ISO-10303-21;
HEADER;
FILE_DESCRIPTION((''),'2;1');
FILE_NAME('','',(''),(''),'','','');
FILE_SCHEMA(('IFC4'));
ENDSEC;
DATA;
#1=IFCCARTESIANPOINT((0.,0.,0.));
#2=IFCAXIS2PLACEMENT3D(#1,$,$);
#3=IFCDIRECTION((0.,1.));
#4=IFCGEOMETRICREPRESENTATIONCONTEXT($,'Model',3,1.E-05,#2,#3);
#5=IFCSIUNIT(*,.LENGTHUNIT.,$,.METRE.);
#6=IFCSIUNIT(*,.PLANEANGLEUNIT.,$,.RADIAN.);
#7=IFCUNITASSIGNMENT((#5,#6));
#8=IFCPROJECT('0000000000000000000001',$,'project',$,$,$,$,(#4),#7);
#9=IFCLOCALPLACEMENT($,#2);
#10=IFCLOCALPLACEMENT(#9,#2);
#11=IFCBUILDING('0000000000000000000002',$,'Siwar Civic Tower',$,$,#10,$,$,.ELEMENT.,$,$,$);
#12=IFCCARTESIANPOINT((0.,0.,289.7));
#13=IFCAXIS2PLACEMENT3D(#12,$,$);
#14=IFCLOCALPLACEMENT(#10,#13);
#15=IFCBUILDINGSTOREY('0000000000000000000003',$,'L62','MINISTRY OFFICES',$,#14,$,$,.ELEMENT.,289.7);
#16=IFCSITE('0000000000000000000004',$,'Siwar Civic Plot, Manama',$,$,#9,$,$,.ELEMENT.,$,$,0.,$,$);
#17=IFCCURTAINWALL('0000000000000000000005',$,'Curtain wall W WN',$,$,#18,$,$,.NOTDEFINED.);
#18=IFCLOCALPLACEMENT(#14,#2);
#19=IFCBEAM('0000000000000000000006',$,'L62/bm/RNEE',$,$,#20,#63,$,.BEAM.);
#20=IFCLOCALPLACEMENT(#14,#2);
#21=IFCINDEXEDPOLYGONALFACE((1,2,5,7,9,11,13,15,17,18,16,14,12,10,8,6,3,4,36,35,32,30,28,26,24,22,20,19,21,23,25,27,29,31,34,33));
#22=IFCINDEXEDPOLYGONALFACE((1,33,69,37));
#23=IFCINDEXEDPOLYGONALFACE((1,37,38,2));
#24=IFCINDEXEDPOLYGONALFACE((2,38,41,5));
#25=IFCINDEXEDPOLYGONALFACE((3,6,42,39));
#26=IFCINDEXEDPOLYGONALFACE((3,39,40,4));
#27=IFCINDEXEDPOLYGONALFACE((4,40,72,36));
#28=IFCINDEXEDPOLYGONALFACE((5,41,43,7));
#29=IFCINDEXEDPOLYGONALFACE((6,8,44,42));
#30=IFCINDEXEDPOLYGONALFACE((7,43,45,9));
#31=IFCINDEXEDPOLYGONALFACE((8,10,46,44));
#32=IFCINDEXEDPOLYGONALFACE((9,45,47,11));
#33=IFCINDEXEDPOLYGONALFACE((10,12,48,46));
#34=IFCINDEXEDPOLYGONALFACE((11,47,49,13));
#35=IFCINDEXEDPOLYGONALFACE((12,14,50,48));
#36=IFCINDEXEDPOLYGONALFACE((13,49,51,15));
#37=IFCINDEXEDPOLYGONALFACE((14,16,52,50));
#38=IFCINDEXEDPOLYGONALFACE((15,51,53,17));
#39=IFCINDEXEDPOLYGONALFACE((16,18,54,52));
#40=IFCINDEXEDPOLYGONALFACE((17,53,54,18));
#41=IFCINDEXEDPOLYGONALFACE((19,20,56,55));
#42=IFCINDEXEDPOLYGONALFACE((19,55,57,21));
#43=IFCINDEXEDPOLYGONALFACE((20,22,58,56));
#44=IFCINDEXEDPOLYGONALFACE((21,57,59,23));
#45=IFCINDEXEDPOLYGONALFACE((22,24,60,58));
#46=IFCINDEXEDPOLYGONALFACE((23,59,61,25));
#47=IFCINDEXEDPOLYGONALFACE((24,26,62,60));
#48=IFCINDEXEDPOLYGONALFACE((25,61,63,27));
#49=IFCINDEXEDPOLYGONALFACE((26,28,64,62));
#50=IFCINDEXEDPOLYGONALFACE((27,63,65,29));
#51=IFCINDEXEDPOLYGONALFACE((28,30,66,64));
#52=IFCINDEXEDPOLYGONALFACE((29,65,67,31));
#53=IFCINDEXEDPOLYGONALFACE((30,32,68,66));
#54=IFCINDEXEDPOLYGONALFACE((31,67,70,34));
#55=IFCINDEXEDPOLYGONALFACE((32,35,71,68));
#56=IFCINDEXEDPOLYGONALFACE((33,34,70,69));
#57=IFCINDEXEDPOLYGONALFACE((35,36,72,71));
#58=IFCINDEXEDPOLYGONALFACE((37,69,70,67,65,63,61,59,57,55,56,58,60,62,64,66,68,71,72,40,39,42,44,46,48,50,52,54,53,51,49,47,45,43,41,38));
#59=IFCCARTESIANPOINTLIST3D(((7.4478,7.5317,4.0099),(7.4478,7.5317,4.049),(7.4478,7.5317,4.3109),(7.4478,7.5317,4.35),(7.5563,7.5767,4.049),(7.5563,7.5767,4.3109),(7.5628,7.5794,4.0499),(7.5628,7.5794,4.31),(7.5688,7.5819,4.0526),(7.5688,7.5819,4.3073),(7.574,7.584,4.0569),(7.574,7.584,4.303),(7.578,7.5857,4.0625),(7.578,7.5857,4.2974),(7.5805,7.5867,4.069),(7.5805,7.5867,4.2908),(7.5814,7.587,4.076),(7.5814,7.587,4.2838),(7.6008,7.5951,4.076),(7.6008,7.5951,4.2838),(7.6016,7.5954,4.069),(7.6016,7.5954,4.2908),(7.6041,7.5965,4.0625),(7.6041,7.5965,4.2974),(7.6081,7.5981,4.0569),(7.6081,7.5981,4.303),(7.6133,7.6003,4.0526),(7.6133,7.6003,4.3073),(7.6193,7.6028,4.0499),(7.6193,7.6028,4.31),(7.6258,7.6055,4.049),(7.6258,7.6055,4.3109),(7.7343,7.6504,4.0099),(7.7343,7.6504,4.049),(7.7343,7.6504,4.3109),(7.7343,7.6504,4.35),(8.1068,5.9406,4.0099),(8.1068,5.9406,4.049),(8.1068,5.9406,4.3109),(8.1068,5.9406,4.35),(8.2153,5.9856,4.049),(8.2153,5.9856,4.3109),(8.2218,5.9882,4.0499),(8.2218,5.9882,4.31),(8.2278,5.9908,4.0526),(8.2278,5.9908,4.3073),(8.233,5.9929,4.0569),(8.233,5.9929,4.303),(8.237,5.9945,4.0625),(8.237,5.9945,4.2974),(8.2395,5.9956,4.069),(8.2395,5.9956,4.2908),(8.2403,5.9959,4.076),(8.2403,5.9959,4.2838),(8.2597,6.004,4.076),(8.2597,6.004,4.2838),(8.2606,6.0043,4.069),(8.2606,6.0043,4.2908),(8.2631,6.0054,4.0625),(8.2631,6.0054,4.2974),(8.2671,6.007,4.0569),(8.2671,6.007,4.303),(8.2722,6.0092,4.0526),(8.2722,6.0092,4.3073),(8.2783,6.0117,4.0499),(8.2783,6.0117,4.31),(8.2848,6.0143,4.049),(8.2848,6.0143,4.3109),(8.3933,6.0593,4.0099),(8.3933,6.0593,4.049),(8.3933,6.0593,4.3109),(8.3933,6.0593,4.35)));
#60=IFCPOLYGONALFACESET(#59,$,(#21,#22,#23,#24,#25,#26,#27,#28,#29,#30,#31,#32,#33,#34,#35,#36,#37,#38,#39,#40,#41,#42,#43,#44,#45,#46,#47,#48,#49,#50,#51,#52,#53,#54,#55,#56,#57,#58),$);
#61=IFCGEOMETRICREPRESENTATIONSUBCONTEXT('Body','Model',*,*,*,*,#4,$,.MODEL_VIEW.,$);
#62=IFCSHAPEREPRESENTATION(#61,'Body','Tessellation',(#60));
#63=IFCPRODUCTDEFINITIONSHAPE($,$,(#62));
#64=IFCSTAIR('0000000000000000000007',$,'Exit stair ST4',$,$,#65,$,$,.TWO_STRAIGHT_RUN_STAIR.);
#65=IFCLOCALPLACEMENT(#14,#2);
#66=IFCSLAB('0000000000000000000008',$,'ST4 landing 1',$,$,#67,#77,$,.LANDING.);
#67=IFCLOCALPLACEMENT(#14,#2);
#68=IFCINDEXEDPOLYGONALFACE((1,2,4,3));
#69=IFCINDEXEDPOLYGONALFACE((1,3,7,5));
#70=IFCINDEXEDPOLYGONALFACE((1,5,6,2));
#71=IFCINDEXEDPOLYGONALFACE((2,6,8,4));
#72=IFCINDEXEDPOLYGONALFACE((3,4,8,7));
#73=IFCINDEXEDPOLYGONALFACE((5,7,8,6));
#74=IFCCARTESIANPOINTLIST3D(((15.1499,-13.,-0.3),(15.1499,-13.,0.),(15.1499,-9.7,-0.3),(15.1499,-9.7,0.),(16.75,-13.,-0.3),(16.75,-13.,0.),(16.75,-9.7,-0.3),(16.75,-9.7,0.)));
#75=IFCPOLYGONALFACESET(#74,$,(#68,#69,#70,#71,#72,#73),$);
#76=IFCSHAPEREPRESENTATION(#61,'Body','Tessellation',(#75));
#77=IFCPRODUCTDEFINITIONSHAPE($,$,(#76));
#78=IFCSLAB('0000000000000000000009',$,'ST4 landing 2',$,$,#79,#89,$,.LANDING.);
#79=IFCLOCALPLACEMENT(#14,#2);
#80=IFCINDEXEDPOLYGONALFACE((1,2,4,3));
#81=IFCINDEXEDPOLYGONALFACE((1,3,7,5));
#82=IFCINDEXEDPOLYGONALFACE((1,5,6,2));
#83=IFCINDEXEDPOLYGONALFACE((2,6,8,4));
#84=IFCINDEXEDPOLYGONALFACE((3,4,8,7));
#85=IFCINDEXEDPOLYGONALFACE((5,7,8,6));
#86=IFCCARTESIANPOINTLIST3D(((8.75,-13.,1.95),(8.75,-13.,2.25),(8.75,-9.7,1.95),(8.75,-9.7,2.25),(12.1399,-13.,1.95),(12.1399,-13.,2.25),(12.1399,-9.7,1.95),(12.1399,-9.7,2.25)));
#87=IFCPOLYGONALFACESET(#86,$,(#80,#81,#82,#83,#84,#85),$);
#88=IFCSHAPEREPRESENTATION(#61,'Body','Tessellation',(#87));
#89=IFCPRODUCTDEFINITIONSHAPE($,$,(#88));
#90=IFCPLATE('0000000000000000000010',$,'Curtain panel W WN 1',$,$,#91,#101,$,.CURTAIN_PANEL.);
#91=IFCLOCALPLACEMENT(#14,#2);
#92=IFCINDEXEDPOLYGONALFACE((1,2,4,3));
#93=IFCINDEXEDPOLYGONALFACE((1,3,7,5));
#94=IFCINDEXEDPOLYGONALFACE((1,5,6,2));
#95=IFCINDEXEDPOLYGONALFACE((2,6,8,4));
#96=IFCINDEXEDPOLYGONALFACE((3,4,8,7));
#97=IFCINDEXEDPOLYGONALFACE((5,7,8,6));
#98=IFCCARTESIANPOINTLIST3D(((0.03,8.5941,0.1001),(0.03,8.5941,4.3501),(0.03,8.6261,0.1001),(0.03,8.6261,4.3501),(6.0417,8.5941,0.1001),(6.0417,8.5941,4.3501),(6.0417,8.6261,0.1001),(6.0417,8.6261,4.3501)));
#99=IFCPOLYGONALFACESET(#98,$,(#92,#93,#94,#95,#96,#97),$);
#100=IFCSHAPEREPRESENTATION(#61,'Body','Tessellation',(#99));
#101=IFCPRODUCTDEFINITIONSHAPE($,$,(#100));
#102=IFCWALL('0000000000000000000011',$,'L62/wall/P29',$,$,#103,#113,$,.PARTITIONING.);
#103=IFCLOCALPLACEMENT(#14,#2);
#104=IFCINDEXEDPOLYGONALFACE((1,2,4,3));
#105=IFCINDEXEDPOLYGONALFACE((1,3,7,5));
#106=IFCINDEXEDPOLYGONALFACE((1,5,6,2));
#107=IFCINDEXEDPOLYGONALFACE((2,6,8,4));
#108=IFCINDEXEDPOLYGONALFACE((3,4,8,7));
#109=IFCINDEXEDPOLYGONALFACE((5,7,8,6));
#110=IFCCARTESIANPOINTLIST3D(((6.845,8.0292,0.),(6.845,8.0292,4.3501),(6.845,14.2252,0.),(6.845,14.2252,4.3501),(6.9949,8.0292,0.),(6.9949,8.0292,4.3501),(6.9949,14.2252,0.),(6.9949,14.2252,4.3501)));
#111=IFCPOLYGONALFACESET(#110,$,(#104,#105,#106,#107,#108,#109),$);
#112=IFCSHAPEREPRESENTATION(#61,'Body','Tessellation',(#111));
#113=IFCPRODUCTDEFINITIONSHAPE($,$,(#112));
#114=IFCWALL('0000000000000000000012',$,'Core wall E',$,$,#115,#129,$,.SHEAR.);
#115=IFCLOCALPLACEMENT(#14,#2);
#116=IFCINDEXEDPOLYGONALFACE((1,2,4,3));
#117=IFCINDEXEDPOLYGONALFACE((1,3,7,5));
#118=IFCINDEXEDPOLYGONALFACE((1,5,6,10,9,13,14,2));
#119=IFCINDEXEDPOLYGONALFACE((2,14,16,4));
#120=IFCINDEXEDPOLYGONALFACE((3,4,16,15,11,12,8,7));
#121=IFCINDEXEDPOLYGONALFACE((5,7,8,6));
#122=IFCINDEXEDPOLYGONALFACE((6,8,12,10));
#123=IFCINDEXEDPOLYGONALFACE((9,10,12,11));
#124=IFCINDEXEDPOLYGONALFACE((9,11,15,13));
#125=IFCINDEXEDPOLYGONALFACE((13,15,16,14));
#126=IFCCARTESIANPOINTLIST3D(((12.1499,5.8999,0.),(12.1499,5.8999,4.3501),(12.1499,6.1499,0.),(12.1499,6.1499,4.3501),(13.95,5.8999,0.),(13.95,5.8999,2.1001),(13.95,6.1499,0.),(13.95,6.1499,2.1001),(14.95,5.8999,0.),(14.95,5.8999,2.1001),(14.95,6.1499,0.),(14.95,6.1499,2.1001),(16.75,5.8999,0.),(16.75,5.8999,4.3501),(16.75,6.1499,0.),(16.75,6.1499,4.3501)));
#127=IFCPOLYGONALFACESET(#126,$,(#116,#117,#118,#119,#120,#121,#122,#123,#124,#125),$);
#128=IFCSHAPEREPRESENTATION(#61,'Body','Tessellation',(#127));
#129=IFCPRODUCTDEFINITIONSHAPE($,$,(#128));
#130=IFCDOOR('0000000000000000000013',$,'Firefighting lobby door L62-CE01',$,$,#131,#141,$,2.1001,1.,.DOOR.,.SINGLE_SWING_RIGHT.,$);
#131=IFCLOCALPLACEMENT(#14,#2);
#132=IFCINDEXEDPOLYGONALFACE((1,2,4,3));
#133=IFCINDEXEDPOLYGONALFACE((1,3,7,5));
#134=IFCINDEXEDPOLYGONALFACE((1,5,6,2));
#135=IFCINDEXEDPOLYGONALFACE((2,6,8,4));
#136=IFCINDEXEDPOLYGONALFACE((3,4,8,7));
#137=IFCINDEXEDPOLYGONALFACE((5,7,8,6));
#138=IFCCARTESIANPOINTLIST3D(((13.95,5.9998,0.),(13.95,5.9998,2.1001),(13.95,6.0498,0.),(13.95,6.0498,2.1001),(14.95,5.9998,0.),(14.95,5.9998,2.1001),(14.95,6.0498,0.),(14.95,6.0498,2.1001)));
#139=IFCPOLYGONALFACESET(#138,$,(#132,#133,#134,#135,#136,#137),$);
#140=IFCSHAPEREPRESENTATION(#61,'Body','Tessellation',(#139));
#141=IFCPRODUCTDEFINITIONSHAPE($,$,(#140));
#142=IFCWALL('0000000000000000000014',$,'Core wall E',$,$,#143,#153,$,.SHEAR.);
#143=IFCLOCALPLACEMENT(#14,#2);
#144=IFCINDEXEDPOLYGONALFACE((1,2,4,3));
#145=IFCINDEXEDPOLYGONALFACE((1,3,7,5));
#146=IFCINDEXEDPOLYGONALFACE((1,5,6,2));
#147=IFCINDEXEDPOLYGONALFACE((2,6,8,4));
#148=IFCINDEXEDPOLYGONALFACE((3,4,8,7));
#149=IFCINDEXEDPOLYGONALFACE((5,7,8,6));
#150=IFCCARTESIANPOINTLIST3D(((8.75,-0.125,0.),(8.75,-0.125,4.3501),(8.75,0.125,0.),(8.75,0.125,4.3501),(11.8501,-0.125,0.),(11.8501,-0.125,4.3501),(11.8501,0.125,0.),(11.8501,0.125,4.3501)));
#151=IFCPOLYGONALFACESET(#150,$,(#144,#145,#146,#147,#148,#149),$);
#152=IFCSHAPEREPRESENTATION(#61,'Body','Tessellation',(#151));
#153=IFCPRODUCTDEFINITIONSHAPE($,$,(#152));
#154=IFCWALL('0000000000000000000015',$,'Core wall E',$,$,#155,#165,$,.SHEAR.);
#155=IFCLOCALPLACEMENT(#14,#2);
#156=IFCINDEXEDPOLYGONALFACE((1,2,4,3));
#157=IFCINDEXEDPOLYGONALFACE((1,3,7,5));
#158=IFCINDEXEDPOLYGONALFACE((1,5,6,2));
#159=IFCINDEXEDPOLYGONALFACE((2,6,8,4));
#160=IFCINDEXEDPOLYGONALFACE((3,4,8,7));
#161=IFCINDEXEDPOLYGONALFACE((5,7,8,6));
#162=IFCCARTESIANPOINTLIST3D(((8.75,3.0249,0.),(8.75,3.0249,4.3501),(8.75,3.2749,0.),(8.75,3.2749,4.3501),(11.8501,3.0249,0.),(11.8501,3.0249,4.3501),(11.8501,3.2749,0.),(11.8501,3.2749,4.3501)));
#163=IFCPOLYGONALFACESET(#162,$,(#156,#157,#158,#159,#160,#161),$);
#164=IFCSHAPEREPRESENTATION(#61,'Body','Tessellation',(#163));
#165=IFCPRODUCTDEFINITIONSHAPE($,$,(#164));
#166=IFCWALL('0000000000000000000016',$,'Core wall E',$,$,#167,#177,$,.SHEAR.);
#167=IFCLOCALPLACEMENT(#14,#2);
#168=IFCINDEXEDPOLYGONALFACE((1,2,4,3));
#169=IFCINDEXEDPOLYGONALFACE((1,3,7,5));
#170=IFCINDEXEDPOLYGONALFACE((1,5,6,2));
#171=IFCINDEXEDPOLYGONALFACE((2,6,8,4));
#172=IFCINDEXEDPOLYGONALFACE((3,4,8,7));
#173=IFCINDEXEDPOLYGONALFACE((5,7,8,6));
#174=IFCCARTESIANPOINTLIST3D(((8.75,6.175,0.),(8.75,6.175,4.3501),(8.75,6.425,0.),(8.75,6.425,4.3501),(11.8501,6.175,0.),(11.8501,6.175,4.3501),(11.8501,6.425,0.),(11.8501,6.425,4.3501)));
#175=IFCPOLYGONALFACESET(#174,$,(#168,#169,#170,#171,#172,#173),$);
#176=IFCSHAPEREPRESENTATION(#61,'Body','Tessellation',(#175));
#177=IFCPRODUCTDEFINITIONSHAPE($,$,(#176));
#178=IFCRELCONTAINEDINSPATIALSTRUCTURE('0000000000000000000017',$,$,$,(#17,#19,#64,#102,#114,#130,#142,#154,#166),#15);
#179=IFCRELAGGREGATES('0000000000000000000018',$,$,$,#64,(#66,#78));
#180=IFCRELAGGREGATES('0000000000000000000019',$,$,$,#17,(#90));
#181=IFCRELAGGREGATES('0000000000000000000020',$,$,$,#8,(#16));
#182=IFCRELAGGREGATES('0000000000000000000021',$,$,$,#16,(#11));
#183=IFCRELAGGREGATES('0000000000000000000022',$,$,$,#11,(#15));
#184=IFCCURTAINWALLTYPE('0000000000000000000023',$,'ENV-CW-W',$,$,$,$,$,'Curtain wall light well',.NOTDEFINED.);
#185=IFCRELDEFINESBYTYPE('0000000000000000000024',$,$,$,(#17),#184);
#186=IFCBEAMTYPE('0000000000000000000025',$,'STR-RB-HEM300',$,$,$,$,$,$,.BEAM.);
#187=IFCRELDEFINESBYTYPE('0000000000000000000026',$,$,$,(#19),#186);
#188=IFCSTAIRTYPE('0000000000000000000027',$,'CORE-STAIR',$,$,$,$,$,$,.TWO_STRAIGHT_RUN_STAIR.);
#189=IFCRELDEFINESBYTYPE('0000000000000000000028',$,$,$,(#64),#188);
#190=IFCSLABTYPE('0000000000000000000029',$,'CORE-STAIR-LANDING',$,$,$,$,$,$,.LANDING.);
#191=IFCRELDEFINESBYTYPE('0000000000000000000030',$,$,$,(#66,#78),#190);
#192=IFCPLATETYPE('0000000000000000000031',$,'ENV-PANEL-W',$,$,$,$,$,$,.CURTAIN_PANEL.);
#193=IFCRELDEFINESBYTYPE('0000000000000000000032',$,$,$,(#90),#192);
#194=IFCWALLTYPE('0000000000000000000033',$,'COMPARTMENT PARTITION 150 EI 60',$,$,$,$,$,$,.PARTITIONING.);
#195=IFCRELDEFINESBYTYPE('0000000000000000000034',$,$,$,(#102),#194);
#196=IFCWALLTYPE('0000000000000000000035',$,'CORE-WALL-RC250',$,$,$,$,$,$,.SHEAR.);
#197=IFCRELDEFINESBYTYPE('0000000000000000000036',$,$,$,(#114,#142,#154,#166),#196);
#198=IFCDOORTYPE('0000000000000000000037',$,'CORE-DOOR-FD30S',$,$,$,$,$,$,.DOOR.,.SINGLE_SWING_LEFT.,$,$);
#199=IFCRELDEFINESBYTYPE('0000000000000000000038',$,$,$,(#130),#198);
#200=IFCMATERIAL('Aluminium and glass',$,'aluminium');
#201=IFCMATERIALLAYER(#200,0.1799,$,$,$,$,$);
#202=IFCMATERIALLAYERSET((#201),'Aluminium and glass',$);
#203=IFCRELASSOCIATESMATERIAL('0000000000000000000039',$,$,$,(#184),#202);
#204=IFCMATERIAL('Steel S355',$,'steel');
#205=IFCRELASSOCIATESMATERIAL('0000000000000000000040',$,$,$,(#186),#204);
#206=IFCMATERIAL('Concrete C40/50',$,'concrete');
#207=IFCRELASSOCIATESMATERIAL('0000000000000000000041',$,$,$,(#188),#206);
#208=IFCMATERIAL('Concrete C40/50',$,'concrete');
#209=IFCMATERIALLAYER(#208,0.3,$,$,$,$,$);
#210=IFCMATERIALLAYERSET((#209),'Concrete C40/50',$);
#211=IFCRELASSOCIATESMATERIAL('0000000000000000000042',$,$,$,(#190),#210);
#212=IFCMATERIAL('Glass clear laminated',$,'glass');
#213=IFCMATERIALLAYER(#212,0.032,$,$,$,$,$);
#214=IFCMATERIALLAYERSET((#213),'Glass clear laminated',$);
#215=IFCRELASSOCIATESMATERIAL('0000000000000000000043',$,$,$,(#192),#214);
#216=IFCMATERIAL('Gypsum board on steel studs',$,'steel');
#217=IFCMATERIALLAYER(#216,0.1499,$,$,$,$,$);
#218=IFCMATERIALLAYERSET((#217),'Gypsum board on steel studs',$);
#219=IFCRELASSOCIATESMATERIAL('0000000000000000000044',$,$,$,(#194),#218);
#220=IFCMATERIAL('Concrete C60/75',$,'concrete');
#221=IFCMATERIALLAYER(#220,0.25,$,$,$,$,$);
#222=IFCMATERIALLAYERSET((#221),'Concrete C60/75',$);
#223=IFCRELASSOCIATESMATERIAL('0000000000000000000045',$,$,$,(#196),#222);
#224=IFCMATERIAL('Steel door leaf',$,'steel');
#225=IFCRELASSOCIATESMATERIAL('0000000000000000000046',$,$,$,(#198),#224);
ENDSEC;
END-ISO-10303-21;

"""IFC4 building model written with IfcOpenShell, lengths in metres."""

from ifc_helpers import new_model, si_unit, direction, frame, frame_2d, origin, origin_2d, place, context, subcontext, project, spatial, polyline, rectangle, i_section, outline, extrude, material, layer, layer_set, material_profile, profile_set, type_object, element, fill, aggregate, save


model = new_model("IFC4")

# Units and contexts
model_context = context("Model", 3, precision=1e-05, world=origin(), true_north=direction((0.0, 1.0)))
body_context = subcontext(model_context, "Body", "Model", "MODEL_VIEW")
ifc_project = project(units=[si_unit("LENGTHUNIT", "METRE"), si_unit("PLANEANGLEUNIT", "RADIAN")], contexts=[model_context])

# Site, building, storey
site_placement = place(None, origin())
site = spatial("IfcSite", under=ifc_project, at=site_placement, Name="Siwar Civic Plot, Manama", CompositionType="ELEMENT", RefElevation=0.0)
building_placement = place(site_placement, origin())
building = spatial("IfcBuilding", under=site, at=building_placement, Name="Siwar Civic Tower", CompositionType="ELEMENT")
storey_placement = place(building_placement, frame((0.0, 0.0, 289.7)))
storey = spatial("IfcBuildingStorey", under=building, at=storey_placement, Name="L62", Description="MINISTRY OFFICES", CompositionType="ELEMENT", Elevation=289.7)

# Curtain wall
ifc_material_1 = material(Name="Aluminium and glass", Category="aluminium")
ifc_layer_1 = layer(ifc_material_1, 0.1799)
ifc_layer_set_1 = layer_set([ifc_layer_1], Name="Aluminium and glass")
curtain_wall_type = type_object("IfcCurtainWallType", Name="ENV-CW-W", ElementType="Curtain wall light well", PredefinedType="NOTDEFINED", material=ifc_layer_set_1)
curtain_wall_placement = place(storey_placement, origin())
curtain_wall = element("IfcCurtainWall", 1, at=curtain_wall_placement, inside=storey, type_object=curtain_wall_type, Name="Curtain wall W WN", PredefinedType="NOTDEFINED")

# Beam
ifc_material_2 = material(Name="Steel S355", Category="steel")
ifc_material_profile_1 = material_profile(ifc_material_2, i_section(OverallWidth=0.3101, OverallDepth=0.3401, WebThickness=0.021, FlangeThickness=0.0391, FilletRadius=0.0271, at=origin_2d()), Name="HEM300")
ifc_profile_set_1 = profile_set([ifc_material_profile_1], Name="Steel S355")
beam_type_1 = type_object("IfcBeamType", Name="STR-RB-HEM300", PredefinedType="BEAM", material=ifc_profile_set_1)
for number, where, z_axis, x_axis, name in (
    (2, (7.5911, 7.5911, 4.1799), (0.382631, -0.923901, 0.0), (0.923901, 0.382631, 0.0), "L62/bm/RNEE"),
):
    element("IfcBeam", number, at=place(storey_placement, frame(where, z_axis=z_axis, x_axis=x_axis)), inside=storey, type_object=beam_type_1, Name=name, PredefinedType="BEAM", context=body_context, shape_type="SweptSolid", body=[
        extrude(i_section(OverallWidth=0.3101, OverallDepth=0.3401, WebThickness=0.021, FlangeThickness=0.0391, FilletRadius=0.0271, at=origin_2d()), origin(), (0.0, 0.0, 1.0), 1.7222),
    ])

# Stair, slabs
ifc_material_3 = material(Name="Concrete C40/50", Category="concrete")
stair_type = type_object("IfcStairType", Name="CORE-STAIR", PredefinedType="TWO_STRAIGHT_RUN_STAIR", material=ifc_material_3)
stair_placement = place(storey_placement, origin())
stair = element("IfcStair", 3, at=stair_placement, inside=storey, type_object=stair_type, Name="Exit stair ST4", PredefinedType="TWO_STRAIGHT_RUN_STAIR")
ifc_material_4 = material(Name="Concrete C40/50", Category="concrete")
ifc_layer_2 = layer(ifc_material_4, 0.3)
ifc_layer_set_2 = layer_set([ifc_layer_2], Name="Concrete C40/50")
slab_type = type_object("IfcSlabType", Name="CORE-STAIR-LANDING", PredefinedType="LANDING", material=ifc_layer_set_2)
slab_1_placement = place(storey_placement, frame((0.0, 0.0, -0.3)))
slab_1 = element("IfcSlab", 4, at=slab_1_placement, type_object=slab_type, Name="ST4 landing 1", PredefinedType="LANDING", context=body_context, shape_type="SweptSolid", body=[
    extrude(outline(polyline([(15.1499, -13.0), (16.75, -13.0), (16.75, -9.7), (15.1499, -9.7), (15.1499, -13.0)])), origin(), (0.0, 0.0, 1.0), 0.3),
])
slab_2_placement = place(storey_placement, frame((0.0, 0.0, 1.95)))
slab_2 = element("IfcSlab", 5, at=slab_2_placement, type_object=slab_type, Name="ST4 landing 2", PredefinedType="LANDING", context=body_context, shape_type="SweptSolid", body=[
    extrude(outline(polyline([(8.75, -13.0), (12.1399, -13.0), (12.1399, -9.7), (8.75, -9.7), (8.75, -13.0)])), origin(), (0.0, 0.0, 1.0), 0.3),
])
aggregate(stair, [slab_1, slab_2])

# Plate
ifc_material_5 = material(Name="Glass clear laminated", Category="glass")
ifc_layer_3 = layer(ifc_material_5, 0.032)
ifc_layer_set_3 = layer_set([ifc_layer_3], Name="Glass clear laminated")
plate_type = type_object("IfcPlateType", Name="ENV-PANEL-W", PredefinedType="CURTAIN_PANEL", material=ifc_layer_set_3)
plate_placement = place(storey_placement, frame((3.0359, 8.6101, 0.1001), z_axis=(0.0, 0.0, 1.0), x_axis=(-1.0, 0.0, 0.0)))
plate = element("IfcPlate", 6, at=plate_placement, type_object=plate_type, Name="Curtain panel W WN 1", PredefinedType="CURTAIN_PANEL", context=body_context, shape_type="SweptSolid", body=[
    extrude(rectangle(XDim=6.0117, YDim=0.032, at=origin_2d()), origin(), (0.0, 0.0, 1.0), 4.25),
])
aggregate(curtain_wall, [plate])

# Wall
ifc_material_6 = material(Name="Gypsum board on steel studs", Category="steel")
ifc_layer_4 = layer(ifc_material_6, 0.1499)
ifc_layer_set_4 = layer_set([ifc_layer_4], Name="Gypsum board on steel studs")
wall_type_1 = type_object("IfcWallType", Name="COMPARTMENT PARTITION 150 EI 60", PredefinedType="PARTITIONING", material=ifc_layer_set_4)
wall_1_placement = place(storey_placement, frame((6.9199, 8.0291, 0.0), z_axis=(0.0, 0.0, 1.0), x_axis=(0.0, 1.0, 0.0)))
element("IfcWall", 7, at=wall_1_placement, inside=storey, type_object=wall_type_1, Name="L62/wall/P29", PredefinedType="PARTITIONING", context=body_context, shape_type="SweptSolid", body=[
    extrude(rectangle(XDim=6.196, YDim=0.1499, at=frame_2d((3.0981, 0.0))), origin(), (0.0, 0.0, 1.0), 4.3501),
])

# Wall, opening, door
ifc_material_7 = material(Name="Concrete C60/75", Category="concrete")
ifc_layer_5 = layer(ifc_material_7, 0.25)
ifc_layer_set_5 = layer_set([ifc_layer_5], Name="Concrete C60/75")
wall_type_2 = type_object("IfcWallType", Name="CORE-WALL-RC250", PredefinedType="SHEAR", material=ifc_layer_set_5)
wall_2_placement = place(storey_placement, frame((12.1499, 6.0249, 0.0), z_axis=(0.0, 0.0, 1.0), x_axis=(1.0, 0.0, 0.0)))
wall_2 = element("IfcWall", 8, at=wall_2_placement, inside=storey, type_object=wall_type_2, Name="Core wall E", PredefinedType="SHEAR", context=body_context, shape_type="SweptSolid", body=[
    extrude(rectangle(XDim=4.6001, YDim=0.25, at=frame_2d((2.3, 0.0))), origin(), (0.0, 0.0, 1.0), 4.3501),
])
opening_1_placement = place(wall_2_placement, frame((1.8, 0.0, 0.0)))
opening_1 = element("IfcOpeningElement", 9, at=opening_1_placement, cuts=wall_2, PredefinedType="OPENING", context=body_context, shape_type="SweptSolid", body=[
    extrude(rectangle(XDim=1.0, YDim=2.1001, at=frame_2d((0.5, 1.05))), frame((0.0, 0.135, 0.0), z_axis=(0.0, -1.0, 0.0), x_axis=(1.0, 0.0, 0.0)), (0.0, 0.0, 1.0), 0.27),
])
ifc_material_8 = material(Name="Steel door leaf", Category="steel")
door_type_1 = type_object("IfcDoorType", Name="CORE-DOOR-FD30S", OperationType="SINGLE_SWING_LEFT", PredefinedType="DOOR", material=ifc_material_8)
door_1_placement = place(opening_1_placement, origin())
door_1 = element("IfcDoor", 10, at=door_1_placement, inside=storey, type_object=door_type_1, Name="Firefighting lobby door L62-CE01", OperationType="SINGLE_SWING_RIGHT", OverallHeight=2.1001, OverallWidth=1.0, PredefinedType="DOOR", context=body_context, shape_type="SweptSolid", body=[
    extrude(rectangle(XDim=1.0, YDim=2.1001, at=frame_2d((0.5, 1.05))), frame((0.0, 0.0249, 0.0), z_axis=(0.0, -1.0, 0.0), x_axis=(1.0, 0.0, 0.0)), (0.0, 0.0, 1.0), 0.05),
])
fill(opening_1, door_1)

# Walls
for number, where, z_axis, x_axis, name in (
    (11, (8.75, 0.0, 0.0), (0.0, 0.0, 1.0), (1.0, 0.0, 0.0), "Core wall E"),
    (12, (8.75, 3.1499, 0.0), (0.0, 0.0, 1.0), (1.0, 0.0, 0.0), "Core wall E"),
    (13, (8.75, 6.3, 0.0), (0.0, 0.0, 1.0), (1.0, 0.0, 0.0), "Core wall E"),
):
    element("IfcWall", number, at=place(storey_placement, frame(where, z_axis=z_axis, x_axis=x_axis)), inside=storey, type_object=wall_type_2, Name=name, PredefinedType="SHEAR", context=body_context, shape_type="SweptSolid", body=[
        extrude(rectangle(XDim=3.1001, YDim=0.25, at=frame_2d((1.55, 0.0))), origin(), (0.0, 0.0, 1.0), 4.3501),
    ])

save(model, "model.ifc")
